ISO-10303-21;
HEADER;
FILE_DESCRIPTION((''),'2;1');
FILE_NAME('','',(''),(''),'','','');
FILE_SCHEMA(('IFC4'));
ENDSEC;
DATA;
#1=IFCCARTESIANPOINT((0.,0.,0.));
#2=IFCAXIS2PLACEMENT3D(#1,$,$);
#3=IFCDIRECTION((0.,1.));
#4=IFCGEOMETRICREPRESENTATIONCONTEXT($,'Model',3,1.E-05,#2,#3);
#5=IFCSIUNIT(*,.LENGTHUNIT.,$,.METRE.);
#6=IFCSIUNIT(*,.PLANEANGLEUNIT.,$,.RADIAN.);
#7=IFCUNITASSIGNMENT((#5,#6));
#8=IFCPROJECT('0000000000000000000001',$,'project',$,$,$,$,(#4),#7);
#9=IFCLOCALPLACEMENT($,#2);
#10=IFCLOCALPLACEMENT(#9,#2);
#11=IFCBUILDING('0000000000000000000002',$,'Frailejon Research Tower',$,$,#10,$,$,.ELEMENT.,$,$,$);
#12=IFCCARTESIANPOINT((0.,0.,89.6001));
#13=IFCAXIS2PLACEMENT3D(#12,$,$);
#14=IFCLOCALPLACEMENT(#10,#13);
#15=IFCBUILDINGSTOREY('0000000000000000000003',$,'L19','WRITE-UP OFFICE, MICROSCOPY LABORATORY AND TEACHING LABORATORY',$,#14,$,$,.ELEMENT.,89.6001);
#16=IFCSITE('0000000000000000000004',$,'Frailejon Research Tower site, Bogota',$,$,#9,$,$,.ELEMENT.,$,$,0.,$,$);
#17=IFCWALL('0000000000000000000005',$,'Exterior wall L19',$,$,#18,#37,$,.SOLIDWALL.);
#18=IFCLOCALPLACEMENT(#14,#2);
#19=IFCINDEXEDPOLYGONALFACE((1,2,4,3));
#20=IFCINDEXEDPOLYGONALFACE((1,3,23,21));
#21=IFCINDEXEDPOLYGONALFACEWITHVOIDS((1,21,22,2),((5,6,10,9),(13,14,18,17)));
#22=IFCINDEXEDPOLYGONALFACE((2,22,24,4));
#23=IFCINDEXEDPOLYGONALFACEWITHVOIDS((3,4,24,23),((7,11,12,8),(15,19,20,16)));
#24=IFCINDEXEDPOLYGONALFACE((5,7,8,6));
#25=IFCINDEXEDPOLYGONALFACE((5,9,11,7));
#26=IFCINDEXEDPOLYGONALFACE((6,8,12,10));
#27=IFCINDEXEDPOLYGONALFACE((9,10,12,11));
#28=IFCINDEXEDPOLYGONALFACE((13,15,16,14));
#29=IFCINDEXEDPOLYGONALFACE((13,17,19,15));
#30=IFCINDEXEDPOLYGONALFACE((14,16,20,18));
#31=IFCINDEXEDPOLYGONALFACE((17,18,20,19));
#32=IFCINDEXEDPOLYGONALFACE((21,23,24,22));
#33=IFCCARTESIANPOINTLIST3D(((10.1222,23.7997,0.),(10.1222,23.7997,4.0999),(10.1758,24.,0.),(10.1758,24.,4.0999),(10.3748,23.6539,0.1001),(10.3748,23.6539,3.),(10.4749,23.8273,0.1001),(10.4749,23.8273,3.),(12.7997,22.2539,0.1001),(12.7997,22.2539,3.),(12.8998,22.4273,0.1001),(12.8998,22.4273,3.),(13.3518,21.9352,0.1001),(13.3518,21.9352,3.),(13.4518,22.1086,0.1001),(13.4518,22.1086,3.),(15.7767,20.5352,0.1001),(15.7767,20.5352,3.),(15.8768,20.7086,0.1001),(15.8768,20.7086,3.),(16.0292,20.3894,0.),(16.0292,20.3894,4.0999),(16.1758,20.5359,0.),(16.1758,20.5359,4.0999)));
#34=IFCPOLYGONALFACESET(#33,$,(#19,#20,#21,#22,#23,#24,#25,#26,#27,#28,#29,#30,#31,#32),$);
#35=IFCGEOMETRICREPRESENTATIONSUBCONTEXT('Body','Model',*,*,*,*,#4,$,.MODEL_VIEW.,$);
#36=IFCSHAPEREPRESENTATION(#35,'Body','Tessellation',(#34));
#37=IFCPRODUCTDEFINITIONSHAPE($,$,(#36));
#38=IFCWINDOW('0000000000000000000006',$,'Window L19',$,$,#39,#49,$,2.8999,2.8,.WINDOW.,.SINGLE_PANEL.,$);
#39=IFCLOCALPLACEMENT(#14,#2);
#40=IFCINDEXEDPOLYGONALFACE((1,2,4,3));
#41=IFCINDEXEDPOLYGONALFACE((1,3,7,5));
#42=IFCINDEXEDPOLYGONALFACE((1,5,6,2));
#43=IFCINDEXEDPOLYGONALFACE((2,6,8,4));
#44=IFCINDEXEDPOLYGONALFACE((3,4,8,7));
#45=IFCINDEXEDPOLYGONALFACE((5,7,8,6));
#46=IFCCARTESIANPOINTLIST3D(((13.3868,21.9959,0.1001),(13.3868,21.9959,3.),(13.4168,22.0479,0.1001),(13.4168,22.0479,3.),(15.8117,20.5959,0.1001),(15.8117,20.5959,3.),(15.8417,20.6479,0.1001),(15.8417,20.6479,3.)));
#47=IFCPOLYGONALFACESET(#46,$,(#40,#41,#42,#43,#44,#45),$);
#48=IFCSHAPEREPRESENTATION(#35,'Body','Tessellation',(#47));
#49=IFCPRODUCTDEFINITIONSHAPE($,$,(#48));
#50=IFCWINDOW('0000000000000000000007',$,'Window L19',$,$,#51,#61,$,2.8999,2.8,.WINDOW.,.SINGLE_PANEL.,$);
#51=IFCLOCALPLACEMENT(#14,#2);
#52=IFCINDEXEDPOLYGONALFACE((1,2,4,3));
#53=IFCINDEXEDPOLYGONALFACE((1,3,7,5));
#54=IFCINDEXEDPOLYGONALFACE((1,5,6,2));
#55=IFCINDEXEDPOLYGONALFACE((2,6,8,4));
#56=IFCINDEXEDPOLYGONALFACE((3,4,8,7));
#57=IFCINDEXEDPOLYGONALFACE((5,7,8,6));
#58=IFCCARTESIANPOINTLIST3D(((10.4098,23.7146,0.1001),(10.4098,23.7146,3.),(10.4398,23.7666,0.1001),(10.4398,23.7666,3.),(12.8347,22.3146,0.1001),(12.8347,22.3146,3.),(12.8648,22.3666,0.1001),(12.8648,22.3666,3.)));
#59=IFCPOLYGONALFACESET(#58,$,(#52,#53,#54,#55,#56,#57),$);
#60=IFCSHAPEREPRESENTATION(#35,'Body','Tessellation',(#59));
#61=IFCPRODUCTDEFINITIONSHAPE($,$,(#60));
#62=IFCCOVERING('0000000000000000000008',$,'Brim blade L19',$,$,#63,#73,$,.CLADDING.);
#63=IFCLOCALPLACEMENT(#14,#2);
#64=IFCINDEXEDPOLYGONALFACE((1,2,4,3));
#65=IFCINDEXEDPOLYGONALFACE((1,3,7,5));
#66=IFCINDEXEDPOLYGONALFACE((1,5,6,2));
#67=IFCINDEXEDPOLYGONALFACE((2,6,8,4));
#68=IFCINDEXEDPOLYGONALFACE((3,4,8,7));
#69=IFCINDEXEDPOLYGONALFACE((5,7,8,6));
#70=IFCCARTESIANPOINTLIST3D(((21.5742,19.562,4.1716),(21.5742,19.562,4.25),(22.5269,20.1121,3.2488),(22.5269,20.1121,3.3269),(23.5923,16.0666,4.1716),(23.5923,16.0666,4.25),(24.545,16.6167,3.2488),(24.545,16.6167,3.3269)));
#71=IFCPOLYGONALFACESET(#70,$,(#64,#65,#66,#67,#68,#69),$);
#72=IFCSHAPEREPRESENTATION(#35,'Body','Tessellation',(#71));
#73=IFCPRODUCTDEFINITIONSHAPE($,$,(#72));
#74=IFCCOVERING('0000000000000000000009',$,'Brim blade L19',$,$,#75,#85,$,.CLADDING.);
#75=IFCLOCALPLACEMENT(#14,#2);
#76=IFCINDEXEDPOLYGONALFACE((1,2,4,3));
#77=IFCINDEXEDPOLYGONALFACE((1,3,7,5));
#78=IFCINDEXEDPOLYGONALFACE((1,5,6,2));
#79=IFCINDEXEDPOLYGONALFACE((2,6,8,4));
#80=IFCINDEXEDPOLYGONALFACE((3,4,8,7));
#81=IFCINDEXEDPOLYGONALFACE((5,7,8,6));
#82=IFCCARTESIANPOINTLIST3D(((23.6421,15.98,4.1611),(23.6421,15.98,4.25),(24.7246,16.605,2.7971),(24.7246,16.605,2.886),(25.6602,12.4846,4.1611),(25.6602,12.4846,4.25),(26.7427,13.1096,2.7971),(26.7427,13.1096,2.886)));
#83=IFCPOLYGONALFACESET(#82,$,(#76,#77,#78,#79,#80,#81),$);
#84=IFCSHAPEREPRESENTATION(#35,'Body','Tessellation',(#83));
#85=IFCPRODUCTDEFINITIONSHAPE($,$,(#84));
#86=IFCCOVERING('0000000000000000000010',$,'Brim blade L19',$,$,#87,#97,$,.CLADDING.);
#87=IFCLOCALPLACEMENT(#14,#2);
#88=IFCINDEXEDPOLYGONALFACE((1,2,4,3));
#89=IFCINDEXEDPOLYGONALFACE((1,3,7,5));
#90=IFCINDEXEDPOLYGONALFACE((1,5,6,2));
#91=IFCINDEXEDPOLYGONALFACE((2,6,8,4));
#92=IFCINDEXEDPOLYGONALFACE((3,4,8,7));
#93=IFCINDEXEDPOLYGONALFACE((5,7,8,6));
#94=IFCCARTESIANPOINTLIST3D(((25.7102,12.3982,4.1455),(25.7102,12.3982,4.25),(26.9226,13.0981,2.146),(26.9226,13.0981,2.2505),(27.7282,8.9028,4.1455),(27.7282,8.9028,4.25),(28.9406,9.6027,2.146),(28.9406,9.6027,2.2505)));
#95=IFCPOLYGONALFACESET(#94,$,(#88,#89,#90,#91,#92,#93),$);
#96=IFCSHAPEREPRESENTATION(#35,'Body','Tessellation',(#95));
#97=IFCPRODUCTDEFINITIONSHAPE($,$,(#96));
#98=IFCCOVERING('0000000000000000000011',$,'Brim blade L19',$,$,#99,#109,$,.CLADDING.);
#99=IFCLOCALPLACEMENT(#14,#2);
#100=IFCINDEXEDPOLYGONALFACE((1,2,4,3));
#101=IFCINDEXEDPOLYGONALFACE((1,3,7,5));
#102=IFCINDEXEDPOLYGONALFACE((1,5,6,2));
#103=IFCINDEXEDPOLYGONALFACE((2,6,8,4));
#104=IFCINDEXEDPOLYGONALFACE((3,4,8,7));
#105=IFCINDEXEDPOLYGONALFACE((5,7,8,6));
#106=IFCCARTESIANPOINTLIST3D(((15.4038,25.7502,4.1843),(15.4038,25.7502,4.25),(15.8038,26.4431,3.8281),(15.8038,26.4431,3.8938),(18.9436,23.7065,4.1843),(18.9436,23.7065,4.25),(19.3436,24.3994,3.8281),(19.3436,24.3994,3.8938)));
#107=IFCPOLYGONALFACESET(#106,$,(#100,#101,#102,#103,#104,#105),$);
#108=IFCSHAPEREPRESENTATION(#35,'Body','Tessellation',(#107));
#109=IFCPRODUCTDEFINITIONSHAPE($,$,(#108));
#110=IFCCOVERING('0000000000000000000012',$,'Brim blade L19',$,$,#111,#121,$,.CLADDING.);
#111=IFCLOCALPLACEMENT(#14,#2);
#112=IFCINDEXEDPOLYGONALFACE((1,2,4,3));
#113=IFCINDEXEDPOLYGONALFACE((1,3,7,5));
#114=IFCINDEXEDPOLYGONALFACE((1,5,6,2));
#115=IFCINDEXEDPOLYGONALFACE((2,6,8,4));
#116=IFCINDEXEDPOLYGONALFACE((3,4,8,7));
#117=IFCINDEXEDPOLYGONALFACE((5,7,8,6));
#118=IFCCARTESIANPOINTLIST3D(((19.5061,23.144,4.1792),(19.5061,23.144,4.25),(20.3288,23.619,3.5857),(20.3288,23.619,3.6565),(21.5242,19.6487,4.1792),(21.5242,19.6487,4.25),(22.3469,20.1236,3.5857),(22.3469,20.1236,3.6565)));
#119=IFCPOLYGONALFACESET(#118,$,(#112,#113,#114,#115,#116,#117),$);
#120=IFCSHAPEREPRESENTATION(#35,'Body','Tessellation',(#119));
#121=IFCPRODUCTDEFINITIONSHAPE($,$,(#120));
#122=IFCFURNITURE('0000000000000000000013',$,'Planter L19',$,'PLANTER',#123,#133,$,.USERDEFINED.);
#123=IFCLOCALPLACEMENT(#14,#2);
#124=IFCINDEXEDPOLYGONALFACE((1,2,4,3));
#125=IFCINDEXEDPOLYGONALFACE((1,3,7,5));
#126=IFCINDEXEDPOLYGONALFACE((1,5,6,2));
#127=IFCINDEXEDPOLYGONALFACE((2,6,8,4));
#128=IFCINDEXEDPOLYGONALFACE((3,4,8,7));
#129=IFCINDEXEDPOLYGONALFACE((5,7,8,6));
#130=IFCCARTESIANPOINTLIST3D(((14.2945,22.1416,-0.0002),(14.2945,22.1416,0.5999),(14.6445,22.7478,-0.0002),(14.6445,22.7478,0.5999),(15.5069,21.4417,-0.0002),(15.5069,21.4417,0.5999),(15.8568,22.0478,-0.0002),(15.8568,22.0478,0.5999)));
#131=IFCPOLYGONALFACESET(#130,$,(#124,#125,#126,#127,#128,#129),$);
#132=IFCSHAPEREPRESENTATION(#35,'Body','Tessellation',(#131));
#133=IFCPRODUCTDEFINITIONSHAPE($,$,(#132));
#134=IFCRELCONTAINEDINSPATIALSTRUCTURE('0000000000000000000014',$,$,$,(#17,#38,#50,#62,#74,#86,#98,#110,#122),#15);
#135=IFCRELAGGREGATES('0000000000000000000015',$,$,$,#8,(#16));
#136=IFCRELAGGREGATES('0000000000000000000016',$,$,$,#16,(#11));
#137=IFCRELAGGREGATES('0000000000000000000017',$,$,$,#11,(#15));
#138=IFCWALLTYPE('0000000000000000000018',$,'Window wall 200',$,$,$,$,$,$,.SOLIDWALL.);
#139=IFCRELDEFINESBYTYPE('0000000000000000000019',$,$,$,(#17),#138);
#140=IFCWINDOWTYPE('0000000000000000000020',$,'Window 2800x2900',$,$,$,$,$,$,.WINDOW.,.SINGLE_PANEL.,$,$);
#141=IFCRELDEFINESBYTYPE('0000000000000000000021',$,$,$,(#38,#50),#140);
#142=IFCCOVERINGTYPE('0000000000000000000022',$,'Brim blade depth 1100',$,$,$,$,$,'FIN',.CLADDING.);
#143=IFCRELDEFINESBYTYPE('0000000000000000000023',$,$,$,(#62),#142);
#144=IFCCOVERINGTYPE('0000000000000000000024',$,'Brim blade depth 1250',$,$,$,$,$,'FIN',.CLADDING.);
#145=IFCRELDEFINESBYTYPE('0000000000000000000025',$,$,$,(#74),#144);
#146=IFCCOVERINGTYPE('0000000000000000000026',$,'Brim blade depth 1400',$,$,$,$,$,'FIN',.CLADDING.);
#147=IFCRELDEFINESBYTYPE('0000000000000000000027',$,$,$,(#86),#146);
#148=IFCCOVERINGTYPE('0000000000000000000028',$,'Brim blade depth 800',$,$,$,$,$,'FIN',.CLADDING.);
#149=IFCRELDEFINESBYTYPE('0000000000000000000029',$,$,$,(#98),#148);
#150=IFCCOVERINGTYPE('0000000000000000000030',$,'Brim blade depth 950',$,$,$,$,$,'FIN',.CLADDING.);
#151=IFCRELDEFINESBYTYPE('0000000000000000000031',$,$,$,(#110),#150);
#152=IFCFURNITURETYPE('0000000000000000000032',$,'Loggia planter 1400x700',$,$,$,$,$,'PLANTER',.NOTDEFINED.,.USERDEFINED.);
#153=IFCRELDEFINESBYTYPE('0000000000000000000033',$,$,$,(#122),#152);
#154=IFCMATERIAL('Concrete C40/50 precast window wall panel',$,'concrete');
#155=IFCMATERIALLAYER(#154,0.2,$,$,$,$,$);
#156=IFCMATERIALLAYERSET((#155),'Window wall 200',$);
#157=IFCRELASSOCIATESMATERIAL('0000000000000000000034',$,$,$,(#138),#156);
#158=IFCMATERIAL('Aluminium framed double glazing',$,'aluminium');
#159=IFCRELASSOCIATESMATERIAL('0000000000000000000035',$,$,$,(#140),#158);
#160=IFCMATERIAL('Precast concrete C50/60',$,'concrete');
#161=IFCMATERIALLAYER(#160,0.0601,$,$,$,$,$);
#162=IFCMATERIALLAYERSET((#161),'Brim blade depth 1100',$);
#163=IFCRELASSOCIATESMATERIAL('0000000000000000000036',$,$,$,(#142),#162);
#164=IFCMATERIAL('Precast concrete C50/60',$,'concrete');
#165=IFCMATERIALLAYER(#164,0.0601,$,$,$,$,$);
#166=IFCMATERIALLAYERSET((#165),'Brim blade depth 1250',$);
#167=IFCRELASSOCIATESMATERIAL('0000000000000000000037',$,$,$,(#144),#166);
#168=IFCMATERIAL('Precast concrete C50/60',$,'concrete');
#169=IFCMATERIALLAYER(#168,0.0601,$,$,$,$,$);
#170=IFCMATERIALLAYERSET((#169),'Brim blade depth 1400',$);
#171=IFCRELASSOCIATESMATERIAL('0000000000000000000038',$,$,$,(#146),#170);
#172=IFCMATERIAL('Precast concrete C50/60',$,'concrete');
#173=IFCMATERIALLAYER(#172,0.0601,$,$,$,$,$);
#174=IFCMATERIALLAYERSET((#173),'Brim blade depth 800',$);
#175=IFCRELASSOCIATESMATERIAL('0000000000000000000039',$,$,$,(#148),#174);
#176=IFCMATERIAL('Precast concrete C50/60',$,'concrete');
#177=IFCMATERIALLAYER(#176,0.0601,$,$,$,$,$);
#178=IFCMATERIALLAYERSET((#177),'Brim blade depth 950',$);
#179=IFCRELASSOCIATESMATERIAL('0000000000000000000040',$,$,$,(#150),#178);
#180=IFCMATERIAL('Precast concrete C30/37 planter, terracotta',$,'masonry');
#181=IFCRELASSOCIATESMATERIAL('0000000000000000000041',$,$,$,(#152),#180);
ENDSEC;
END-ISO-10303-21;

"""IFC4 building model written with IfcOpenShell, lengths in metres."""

from ifc_helpers import new_model, si_unit, direction, frame, frame_2d, origin, origin_2d, place, context, subcontext, project, spatial, polyline, rectangle, outline, extrude, material, layer, layer_set, type_object, element, fill, save


model = new_model("IFC4")

# Units and contexts
model_context = context("Model", 3, precision=1e-05, world=origin(), true_north=direction((0.0, 1.0)))
body_context = subcontext(model_context, "Body", "Model", "MODEL_VIEW")
ifc_project = project(units=[si_unit("LENGTHUNIT", "METRE"), si_unit("PLANEANGLEUNIT", "RADIAN")], contexts=[model_context])

# Site, building, storey
site_placement = place(None, origin())
site = spatial("IfcSite", under=ifc_project, at=site_placement, Name="Frailejon Research Tower site, Bogota", CompositionType="ELEMENT", RefElevation=0.0)
building_placement = place(site_placement, origin())
building = spatial("IfcBuilding", under=site, at=building_placement, Name="Frailejon Research Tower", CompositionType="ELEMENT")
storey_placement = place(building_placement, frame((0.0, 0.0, 89.6001)))
storey = spatial("IfcBuildingStorey", under=building, at=storey_placement, Name="L19", Description="WRITE-UP OFFICE, MICROSCOPY LABORATORY AND TEACHING LABORATORY", CompositionType="ELEMENT", Elevation=89.6001)

# Wall, openings, windows
ifc_material_1 = material(Name="Concrete C40/50 precast window wall panel", Category="concrete")
ifc_layer_1 = layer(ifc_material_1, 0.2)
ifc_layer_set_1 = layer_set([ifc_layer_1], Name="Window wall 200")
wall_type_1 = type_object("IfcWallType", Name="Window wall 200", PredefinedType="SOLIDWALL", material=ifc_layer_set_1)
wall_1_placement = place(storey_placement, frame((16.1025, 20.4626, 0.0), z_axis=(0.0, 0.0, 1.0), x_axis=(-0.866029, 0.499993, 0.0)))
wall_1 = element("IfcWall", 1, at=wall_1_placement, inside=storey, type_object=wall_type_1, Name="Exterior wall L19", PredefinedType="SOLIDWALL", context=body_context, shape_type="SweptSolid", body=[
    extrude(outline(polyline([(-0.0269, -0.1001), (1.1279, -0.1001), (2.2825, -0.1001), (3.4373, -0.1001), (4.592, -0.1001), (5.7466, -0.1001), (6.9014, -0.1001), (6.8477, 0.1001), (5.7109, 0.1001), (4.574, 0.1001), (3.4373, 0.1001), (2.3005, 0.1001), (1.1636, 0.1001), (0.0269, 0.1001), (-0.0269, -0.1001)])), origin(), (0.0, 0.0, 1.0), 4.0999),
])
opening_1_placement = place(wall_1_placement, frame((0.3186, 0.0, 0.1001)))
opening_1 = element("IfcOpeningElement", 2, at=opening_1_placement, cuts=wall_1, PredefinedType="OPENING", context=body_context, shape_type="SweptSolid", body=[
    extrude(rectangle(XDim=2.8, YDim=2.8999, at=frame_2d((1.3999, 1.45))), frame((0.0, 0.1099, 0.0), z_axis=(0.0, -1.0, 0.0), x_axis=(1.0, 0.0, 0.0)), (0.0, 0.0, 1.0), 0.22),
])
opening_2_placement = place(wall_1_placement, frame((3.7561, 0.0, 0.1001)))
opening_2 = element("IfcOpeningElement", 3, at=opening_2_placement, cuts=wall_1, PredefinedType="OPENING", context=body_context, shape_type="SweptSolid", body=[
    extrude(rectangle(XDim=2.8, YDim=2.8999, at=frame_2d((1.3999, 1.45))), frame((0.0, 0.1099, 0.0), z_axis=(0.0, -1.0, 0.0), x_axis=(1.0, 0.0, 0.0)), (0.0, 0.0, 1.0), 0.22),
])
ifc_material_2 = material(Name="Aluminium framed double glazing", Category="aluminium")
window_type = type_object("IfcWindowType", Name="Window 2800x2900", PartitioningType="SINGLE_PANEL", PredefinedType="WINDOW", material=ifc_material_2)
window_1_placement = place(opening_1_placement, origin())
window_1 = element("IfcWindow", 4, at=window_1_placement, inside=storey, type_object=window_type, Name="Window L19", OverallHeight=2.8999, OverallWidth=2.8, PartitioningType="SINGLE_PANEL", PredefinedType="WINDOW", context=body_context, shape_type="SweptSolid", body=[
    extrude(rectangle(XDim=2.8, YDim=2.8999, at=frame_2d((1.3999, 1.45))), frame((0.0, 0.03, 0.0), z_axis=(0.0, -1.0, 0.0), x_axis=(1.0, 0.0, 0.0)), (0.0, 0.0, 1.0), 0.0601),
])
fill(opening_1, window_1)
window_2_placement = place(opening_2_placement, origin())
window_2 = element("IfcWindow", 5, at=window_2_placement, inside=storey, type_object=window_type, Name="Window L19", OverallHeight=2.8999, OverallWidth=2.8, PartitioningType="SINGLE_PANEL", PredefinedType="WINDOW", context=body_context, shape_type="SweptSolid", body=[
    extrude(rectangle(XDim=2.8, YDim=2.8999, at=frame_2d((1.3999, 1.45))), frame((0.0, 0.03, 0.0), z_axis=(0.0, -1.0, 0.0), x_axis=(1.0, 0.0, 0.0)), (0.0, 0.0, 1.0), 0.0601),
])
fill(opening_2, window_2)

# Coverings
ifc_material_3 = material(Name="Precast concrete C50/60", Category="concrete")
ifc_layer_2 = layer(ifc_material_3, 0.0601)
ifc_layer_set_2 = layer_set([ifc_layer_2], Name="Brim blade depth 1100")
covering_type_1 = type_object("IfcCoveringType", Name="Brim blade depth 1100", ElementType="FIN", PredefinedType="CLADDING", material=ifc_layer_set_2)
covering_1_placement = place(storey_placement, frame((21.5742, 19.562, 4.25), z_axis=(0.500006, -0.866022, 0.0), x_axis=(0.866022, 0.500006, 0.0)))
element("IfcCovering", 6, at=covering_1_placement, inside=storey, type_object=covering_type_1, Name="Brim blade L19", PredefinedType="CLADDING", context=body_context, shape_type="SweptSolid", body=[
    extrude(outline(polyline([(0.0, -0.0784), (1.1001, -1.0012), (1.1001, -0.9231), (0.0, 0.0), (0.0, -0.0784)])), origin(), (0.0, 0.0, 1.0), 4.0361),
])
ifc_material_4 = material(Name="Precast concrete C50/60", Category="concrete")
ifc_layer_3 = layer(ifc_material_4, 0.0601)
ifc_layer_set_3 = layer_set([ifc_layer_3], Name="Brim blade depth 1250")
covering_type_2 = type_object("IfcCoveringType", Name="Brim blade depth 1250", ElementType="FIN", PredefinedType="CLADDING", material=ifc_layer_set_3)
covering_2_placement = place(storey_placement, frame((23.6421, 15.98, 4.25), z_axis=(0.500006, -0.866022, 0.0), x_axis=(0.866022, 0.500006, 0.0)))
element("IfcCovering", 7, at=covering_2_placement, inside=storey, type_object=covering_type_2, Name="Brim blade L19", PredefinedType="CLADDING", context=body_context, shape_type="SweptSolid", body=[
    extrude(outline(polyline([(0.0, -0.0889), (1.25, -1.4529), (1.25, -1.364), (0.0, 0.0), (0.0, -0.0889)])), origin(), (0.0, 0.0, 1.0), 4.0361),
])
ifc_material_5 = material(Name="Precast concrete C50/60", Category="concrete")
ifc_layer_4 = layer(ifc_material_5, 0.0601)
ifc_layer_set_4 = layer_set([ifc_layer_4], Name="Brim blade depth 1400")
covering_type_3 = type_object("IfcCoveringType", Name="Brim blade depth 1400", ElementType="FIN", PredefinedType="CLADDING", material=ifc_layer_set_4)
covering_3_placement = place(storey_placement, frame((25.7102, 12.3982, 4.25), z_axis=(0.499988, -0.866033, 0.0), x_axis=(0.866033, 0.499988, 0.0)))
element("IfcCovering", 8, at=covering_3_placement, inside=storey, type_object=covering_type_3, Name="Brim blade L19", PredefinedType="CLADDING", context=body_context, shape_type="SweptSolid", body=[
    extrude(outline(polyline([(0.0, -0.1045), (1.3999, -2.104), (1.3999, -1.9995), (0.0, 0.0), (0.0, -0.1045)])), origin(), (0.0, 0.0, 1.0), 4.0361),
])
ifc_material_6 = material(Name="Precast concrete C50/60", Category="concrete")
ifc_layer_5 = layer(ifc_material_6, 0.0601)
ifc_layer_set_5 = layer_set([ifc_layer_5], Name="Brim blade depth 800")
covering_type_4 = type_object("IfcCoveringType", Name="Brim blade depth 800", ElementType="FIN", PredefinedType="CLADDING", material=ifc_layer_set_5)
covering_4_placement = place(storey_placement, frame((15.4038, 25.7502, 4.25), z_axis=(0.866021, -0.500007, 0.0), x_axis=(0.500007, 0.866021, 0.0)))
element("IfcCovering", 9, at=covering_4_placement, inside=storey, type_object=covering_type_4, Name="Brim blade L19", PredefinedType="CLADDING", context=body_context, shape_type="SweptSolid", body=[
    extrude(outline(polyline([(0.0, -0.0657), (0.8, -0.4219), (0.8, -0.3562), (0.0, 0.0), (0.0, -0.0657)])), origin(), (0.0, 0.0, 1.0), 4.0874),
])
ifc_material_7 = material(Name="Precast concrete C50/60", Category="concrete")
ifc_layer_6 = layer(ifc_material_7, 0.0601)
ifc_layer_set_6 = layer_set([ifc_layer_6], Name="Brim blade depth 950")
covering_type_5 = type_object("IfcCoveringType", Name="Brim blade depth 950", ElementType="FIN", PredefinedType="CLADDING", material=ifc_layer_set_6)
covering_5_placement = place(storey_placement, frame((19.5061, 23.144, 4.25), z_axis=(0.500006, -0.866022, 0.0), x_axis=(0.866022, 0.500006, 0.0)))
element("IfcCovering", 10, at=covering_5_placement, inside=storey, type_object=covering_type_5, Name="Brim blade L19", PredefinedType="CLADDING", context=body_context, shape_type="SweptSolid", body=[
    extrude(outline(polyline([(0.0, -0.0708), (0.95, -0.6643), (0.95, -0.5935), (0.0, 0.0), (0.0, -0.0708)])), origin(), (0.0, 0.0, 1.0), 4.0361),
])

# Furniture
ifc_material_8 = material(Name="Precast concrete C30/37 planter, terracotta", Category="masonry")
furniture_type = type_object("IfcFurnitureType", Name="Loggia planter 1400x700", ElementType="PLANTER", AssemblyPlace="NOTDEFINED", PredefinedType="USERDEFINED", material=ifc_material_8)
furniture_placement = place(storey_placement, frame((15.0757, 22.0947, -0.0002), z_axis=(0.0, 0.0, 1.0), x_axis=(-0.866025, 0.5, 0.0)))
element("IfcFurniture", 11, at=furniture_placement, inside=storey, type_object=furniture_type, Name="Planter L19", ObjectType="PLANTER", PredefinedType="USERDEFINED", context=body_context, shape_type="SweptSolid", body=[
    extrude(rectangle(XDim=1.3999, YDim=0.7, at=origin_2d()), origin(), (0.0, 0.0, 1.0), 0.6001),
])

save(model, "model.ifc")
